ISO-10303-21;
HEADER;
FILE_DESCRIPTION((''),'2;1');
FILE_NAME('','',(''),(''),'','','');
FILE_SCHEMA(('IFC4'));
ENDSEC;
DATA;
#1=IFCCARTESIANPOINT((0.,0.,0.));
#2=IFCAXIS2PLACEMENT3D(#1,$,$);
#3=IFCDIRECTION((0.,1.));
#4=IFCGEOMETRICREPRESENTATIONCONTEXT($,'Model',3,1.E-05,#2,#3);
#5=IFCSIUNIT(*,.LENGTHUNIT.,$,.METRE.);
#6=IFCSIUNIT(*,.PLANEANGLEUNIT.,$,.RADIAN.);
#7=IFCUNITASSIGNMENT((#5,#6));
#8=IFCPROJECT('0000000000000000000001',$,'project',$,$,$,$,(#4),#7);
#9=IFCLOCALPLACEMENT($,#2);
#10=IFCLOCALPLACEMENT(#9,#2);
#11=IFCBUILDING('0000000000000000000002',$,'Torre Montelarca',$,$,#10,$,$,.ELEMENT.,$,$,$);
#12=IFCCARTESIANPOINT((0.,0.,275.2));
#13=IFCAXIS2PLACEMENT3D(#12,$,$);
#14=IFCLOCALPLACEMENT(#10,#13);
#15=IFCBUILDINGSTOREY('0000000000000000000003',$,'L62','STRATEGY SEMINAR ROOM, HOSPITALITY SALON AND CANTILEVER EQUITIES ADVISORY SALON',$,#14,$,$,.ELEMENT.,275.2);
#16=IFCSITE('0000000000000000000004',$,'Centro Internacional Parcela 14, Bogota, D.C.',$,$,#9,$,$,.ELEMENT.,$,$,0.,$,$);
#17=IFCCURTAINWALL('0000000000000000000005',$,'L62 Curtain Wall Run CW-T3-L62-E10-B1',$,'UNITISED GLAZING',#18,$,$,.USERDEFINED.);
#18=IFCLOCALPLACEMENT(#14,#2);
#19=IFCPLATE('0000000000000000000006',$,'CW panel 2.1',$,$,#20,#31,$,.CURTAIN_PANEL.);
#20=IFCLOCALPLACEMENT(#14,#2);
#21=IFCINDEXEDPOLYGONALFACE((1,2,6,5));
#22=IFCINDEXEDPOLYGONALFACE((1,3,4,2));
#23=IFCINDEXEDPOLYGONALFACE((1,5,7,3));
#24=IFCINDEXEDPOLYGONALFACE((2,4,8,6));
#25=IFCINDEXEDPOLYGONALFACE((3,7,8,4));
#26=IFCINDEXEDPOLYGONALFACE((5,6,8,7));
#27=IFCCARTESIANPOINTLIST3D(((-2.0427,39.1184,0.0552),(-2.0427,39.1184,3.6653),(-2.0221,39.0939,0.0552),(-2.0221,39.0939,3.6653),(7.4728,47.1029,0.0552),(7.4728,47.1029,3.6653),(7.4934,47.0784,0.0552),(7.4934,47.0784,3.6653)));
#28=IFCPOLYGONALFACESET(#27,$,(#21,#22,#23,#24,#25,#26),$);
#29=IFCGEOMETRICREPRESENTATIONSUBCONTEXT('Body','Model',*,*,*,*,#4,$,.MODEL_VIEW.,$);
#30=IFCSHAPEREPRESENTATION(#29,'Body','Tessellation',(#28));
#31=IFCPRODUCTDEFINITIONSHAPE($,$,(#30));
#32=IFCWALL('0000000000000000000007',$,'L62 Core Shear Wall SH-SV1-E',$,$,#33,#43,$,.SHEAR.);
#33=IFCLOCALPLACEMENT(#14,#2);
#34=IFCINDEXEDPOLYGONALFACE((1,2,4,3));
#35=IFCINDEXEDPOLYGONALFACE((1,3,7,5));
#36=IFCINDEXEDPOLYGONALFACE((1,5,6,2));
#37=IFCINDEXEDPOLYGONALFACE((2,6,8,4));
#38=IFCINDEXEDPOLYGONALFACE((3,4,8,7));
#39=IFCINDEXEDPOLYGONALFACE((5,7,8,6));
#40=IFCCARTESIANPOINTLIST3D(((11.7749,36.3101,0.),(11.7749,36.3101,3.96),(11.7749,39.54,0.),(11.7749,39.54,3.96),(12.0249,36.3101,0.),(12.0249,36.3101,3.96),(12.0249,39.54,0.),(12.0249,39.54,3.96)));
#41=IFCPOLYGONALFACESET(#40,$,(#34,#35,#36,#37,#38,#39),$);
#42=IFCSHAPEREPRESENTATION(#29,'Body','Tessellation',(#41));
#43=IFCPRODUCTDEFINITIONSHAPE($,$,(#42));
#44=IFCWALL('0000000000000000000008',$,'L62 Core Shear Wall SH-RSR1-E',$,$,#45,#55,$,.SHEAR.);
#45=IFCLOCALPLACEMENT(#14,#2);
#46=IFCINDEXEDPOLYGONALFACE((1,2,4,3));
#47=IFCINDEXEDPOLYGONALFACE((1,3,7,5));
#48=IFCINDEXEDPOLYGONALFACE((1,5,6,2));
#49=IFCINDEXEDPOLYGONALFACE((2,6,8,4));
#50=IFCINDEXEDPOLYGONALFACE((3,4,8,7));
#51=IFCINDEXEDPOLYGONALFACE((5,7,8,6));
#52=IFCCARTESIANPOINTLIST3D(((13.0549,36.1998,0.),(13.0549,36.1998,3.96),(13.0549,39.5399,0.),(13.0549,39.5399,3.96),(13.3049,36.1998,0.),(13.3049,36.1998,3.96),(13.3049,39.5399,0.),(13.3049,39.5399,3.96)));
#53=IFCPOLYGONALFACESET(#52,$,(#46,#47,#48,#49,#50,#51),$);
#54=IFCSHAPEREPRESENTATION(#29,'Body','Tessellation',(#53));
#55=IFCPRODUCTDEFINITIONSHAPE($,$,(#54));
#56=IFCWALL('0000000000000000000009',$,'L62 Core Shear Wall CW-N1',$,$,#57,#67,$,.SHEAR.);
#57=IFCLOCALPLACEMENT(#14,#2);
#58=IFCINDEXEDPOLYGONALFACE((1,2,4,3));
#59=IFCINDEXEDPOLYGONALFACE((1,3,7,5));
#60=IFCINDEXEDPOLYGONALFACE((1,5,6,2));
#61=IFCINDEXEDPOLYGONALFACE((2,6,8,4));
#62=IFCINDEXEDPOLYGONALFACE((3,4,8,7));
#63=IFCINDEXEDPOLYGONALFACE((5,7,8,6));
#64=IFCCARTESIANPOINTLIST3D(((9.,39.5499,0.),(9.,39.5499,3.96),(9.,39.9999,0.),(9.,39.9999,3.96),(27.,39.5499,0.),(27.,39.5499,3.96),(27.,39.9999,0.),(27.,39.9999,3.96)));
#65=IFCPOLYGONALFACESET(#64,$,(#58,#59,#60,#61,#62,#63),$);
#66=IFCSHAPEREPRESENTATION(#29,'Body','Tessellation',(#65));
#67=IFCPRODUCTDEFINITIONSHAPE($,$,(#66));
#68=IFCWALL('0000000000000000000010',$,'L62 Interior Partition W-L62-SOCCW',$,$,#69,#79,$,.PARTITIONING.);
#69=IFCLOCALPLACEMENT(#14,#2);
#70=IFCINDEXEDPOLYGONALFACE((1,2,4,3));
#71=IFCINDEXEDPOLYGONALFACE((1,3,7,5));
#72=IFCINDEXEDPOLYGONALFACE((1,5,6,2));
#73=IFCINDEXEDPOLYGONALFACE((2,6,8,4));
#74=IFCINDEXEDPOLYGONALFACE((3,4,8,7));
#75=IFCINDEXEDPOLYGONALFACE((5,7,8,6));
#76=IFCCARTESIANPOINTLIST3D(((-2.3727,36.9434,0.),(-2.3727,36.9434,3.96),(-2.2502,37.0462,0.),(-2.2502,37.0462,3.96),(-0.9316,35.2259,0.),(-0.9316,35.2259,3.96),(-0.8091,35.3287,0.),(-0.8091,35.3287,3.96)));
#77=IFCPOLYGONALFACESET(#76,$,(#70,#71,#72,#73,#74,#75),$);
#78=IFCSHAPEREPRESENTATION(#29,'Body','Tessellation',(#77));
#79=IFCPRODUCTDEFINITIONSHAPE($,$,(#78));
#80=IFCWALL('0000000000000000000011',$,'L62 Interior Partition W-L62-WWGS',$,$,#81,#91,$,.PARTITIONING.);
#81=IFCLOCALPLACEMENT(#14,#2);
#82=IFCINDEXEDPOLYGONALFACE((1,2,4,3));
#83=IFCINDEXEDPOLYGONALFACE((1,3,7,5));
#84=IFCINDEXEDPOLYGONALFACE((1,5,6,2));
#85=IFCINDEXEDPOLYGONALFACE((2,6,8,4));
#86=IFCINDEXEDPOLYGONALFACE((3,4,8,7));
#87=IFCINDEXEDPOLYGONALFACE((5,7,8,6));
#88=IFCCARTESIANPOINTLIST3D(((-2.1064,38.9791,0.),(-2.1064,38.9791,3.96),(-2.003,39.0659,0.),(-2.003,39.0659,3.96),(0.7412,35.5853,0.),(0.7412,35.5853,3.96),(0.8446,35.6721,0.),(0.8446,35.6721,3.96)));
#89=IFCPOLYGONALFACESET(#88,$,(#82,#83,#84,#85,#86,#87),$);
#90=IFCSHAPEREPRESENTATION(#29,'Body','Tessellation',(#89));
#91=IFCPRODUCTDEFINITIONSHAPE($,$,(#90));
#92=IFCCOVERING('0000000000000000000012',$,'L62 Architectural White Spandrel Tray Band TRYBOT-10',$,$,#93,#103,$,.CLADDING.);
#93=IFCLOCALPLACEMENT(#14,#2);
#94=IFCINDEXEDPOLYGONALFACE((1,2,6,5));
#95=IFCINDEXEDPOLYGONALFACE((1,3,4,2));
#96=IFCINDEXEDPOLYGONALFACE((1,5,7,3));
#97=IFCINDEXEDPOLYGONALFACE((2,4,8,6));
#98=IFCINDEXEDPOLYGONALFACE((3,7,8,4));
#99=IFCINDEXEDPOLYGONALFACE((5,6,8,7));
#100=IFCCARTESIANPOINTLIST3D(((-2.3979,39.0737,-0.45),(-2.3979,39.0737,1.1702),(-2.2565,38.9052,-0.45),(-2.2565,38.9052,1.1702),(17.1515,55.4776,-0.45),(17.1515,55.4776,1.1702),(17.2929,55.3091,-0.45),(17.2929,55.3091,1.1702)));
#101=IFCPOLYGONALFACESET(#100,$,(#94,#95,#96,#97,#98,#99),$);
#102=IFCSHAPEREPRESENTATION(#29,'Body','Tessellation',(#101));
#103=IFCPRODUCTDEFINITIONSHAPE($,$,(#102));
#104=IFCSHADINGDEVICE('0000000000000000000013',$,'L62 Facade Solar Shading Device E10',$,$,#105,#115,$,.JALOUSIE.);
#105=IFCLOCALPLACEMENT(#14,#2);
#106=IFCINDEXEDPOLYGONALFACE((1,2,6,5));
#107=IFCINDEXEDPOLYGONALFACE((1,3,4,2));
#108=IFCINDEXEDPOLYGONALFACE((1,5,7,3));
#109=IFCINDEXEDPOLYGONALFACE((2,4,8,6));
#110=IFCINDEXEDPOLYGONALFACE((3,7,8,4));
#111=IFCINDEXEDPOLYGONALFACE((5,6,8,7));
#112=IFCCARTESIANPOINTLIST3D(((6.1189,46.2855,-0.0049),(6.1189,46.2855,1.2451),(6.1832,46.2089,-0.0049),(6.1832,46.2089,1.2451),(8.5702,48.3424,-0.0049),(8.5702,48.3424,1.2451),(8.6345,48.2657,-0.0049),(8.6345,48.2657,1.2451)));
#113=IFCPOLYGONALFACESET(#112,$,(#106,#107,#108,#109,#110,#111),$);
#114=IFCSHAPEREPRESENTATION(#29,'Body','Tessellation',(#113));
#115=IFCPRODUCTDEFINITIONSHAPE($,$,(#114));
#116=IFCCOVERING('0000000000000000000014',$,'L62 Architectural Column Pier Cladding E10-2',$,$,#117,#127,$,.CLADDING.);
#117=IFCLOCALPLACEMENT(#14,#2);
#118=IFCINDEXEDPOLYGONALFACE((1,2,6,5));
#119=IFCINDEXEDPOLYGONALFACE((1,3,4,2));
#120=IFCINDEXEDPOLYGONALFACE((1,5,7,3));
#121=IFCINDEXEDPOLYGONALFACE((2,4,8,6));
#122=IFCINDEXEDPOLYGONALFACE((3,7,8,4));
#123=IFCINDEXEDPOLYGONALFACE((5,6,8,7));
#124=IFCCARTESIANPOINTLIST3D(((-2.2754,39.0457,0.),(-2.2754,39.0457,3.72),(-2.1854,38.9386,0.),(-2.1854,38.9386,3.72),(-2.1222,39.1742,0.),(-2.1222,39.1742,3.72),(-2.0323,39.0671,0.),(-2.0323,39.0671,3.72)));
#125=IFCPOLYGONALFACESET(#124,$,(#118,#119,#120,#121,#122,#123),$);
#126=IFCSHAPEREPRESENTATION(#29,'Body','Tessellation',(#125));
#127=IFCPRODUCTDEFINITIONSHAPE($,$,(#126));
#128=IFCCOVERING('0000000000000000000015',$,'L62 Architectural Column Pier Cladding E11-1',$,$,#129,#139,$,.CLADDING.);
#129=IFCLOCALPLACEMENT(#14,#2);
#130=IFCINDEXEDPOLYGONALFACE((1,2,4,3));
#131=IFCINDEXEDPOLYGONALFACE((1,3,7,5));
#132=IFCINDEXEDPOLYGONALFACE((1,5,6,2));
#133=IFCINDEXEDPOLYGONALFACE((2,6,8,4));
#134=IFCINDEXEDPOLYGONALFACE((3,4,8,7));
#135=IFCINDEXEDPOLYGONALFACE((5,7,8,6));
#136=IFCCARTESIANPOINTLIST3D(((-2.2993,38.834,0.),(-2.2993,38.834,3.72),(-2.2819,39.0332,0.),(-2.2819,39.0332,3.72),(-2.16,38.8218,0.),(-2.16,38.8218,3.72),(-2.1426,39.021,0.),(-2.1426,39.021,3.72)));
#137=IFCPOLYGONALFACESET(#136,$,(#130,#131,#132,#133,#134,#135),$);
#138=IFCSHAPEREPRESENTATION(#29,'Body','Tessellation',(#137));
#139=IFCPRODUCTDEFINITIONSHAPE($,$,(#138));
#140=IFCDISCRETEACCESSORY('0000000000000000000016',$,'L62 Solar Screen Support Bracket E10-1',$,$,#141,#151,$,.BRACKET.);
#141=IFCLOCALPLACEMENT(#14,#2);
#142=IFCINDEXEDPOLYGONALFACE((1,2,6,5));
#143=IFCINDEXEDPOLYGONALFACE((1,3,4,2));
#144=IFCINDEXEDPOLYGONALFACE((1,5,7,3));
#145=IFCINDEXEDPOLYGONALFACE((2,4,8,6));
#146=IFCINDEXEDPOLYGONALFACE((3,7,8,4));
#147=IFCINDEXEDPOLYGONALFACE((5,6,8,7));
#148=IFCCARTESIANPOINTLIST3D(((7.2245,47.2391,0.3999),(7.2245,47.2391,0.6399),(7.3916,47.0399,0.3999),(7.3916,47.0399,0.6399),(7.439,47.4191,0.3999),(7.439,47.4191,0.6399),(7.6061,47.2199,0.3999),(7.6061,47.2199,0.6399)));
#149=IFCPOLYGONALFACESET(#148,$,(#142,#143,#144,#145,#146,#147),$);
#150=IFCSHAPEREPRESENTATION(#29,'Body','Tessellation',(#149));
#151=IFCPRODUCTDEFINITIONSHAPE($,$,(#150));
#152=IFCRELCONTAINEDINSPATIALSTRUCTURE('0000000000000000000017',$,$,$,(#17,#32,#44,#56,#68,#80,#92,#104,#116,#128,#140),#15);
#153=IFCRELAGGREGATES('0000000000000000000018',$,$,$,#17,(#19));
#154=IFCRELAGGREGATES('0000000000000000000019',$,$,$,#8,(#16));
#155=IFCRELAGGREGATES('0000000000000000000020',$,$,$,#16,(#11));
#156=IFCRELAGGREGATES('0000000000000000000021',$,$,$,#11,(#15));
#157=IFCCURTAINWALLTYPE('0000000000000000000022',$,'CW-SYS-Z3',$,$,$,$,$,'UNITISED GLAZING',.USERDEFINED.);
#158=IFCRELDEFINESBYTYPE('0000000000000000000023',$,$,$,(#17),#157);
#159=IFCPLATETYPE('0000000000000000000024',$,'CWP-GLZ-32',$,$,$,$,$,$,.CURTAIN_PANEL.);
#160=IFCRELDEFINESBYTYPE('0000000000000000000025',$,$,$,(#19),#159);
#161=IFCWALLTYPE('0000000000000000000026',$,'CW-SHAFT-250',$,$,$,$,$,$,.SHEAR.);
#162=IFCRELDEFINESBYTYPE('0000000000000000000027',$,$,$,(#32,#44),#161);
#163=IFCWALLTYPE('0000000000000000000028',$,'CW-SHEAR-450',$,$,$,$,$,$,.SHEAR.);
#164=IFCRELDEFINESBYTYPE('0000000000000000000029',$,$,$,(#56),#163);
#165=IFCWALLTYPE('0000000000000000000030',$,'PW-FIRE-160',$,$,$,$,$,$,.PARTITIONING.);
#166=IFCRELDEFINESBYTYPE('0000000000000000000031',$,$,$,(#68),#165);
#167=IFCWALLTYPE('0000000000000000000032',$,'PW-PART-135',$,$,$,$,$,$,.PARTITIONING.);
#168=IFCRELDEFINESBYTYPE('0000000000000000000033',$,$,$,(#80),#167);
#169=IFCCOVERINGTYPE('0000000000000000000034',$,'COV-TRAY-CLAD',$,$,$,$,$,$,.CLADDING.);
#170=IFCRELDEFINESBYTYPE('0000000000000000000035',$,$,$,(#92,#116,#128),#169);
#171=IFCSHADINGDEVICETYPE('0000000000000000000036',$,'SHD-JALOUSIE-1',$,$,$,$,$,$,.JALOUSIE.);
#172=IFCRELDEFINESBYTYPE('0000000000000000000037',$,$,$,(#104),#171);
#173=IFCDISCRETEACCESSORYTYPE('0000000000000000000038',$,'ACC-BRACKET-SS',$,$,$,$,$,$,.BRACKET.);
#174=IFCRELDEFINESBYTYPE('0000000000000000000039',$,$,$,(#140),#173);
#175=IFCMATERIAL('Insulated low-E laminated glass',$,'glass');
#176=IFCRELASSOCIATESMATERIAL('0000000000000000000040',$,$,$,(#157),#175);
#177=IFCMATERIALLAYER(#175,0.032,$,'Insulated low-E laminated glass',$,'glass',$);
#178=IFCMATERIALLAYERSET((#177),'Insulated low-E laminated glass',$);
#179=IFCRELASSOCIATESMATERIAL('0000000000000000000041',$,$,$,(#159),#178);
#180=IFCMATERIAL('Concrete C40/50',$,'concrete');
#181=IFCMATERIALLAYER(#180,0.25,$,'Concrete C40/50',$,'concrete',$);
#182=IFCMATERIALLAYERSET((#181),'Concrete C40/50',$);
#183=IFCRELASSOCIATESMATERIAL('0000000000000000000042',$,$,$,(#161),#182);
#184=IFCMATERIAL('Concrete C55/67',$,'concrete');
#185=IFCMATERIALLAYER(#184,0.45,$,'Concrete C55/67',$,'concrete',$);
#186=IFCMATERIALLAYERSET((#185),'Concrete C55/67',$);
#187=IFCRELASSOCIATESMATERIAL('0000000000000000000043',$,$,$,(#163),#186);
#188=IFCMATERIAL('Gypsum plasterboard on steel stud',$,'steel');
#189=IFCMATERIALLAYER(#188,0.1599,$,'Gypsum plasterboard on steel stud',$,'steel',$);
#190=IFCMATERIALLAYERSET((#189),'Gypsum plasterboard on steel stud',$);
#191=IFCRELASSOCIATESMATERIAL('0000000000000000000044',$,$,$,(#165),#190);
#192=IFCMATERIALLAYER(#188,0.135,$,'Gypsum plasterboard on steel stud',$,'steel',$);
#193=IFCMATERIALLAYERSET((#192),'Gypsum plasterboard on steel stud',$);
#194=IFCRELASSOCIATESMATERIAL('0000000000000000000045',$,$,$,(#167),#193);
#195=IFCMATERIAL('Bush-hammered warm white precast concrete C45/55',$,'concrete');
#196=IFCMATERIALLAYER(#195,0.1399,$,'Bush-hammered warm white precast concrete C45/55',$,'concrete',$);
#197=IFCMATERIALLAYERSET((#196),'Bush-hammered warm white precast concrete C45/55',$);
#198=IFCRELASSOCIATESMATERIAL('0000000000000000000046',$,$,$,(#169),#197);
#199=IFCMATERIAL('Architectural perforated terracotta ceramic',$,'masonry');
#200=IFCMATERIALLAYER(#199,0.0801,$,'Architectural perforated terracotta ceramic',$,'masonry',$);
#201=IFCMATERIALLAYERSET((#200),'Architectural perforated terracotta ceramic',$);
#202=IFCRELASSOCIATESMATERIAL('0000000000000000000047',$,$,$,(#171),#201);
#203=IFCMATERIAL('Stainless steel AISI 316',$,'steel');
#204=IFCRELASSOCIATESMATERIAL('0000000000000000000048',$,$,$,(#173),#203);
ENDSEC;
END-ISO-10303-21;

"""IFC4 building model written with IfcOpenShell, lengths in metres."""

from ifc_helpers import new_model, si_unit, direction, frame, frame_2d, origin, origin_2d, place, context, subcontext, project, spatial, rectangle, extrude, source, transform, mapped, material, layer, layer_set, type_object, element, aggregate, save


model = new_model("IFC4")

# Units and contexts
model_context = context("Model", 3, precision=1e-05, world=origin(), true_north=direction((0.0, 1.0)))
body_context = subcontext(model_context, "Body", "Model", "MODEL_VIEW")
ifc_project = project(units=[si_unit("LENGTHUNIT", "METRE"), si_unit("PLANEANGLEUNIT", "RADIAN")], contexts=[model_context])

# Site, building, storey
site_placement = place(None, origin())
site = spatial("IfcSite", under=ifc_project, at=site_placement, Name="Centro Internacional Parcela 14, Bogota, D.C.", CompositionType="ELEMENT", RefElevation=0.0)
building_placement = place(site_placement, origin())
building = spatial("IfcBuilding", under=site, at=building_placement, Name="Torre Montelarca", CompositionType="ELEMENT")
storey_placement = place(building_placement, frame((0.0, 0.0, 275.2)))
storey = spatial("IfcBuildingStorey", under=building, at=storey_placement, Name="L62", Description="STRATEGY SEMINAR ROOM, HOSPITALITY SALON AND CANTILEVER EQUITIES ADVISORY SALON", CompositionType="ELEMENT", Elevation=275.2)

# Shared definitions
ifc_material_1 = material(Name="Concrete C40/50", Category="concrete")
ifc_material_2 = material(Name="Concrete C55/67", Category="concrete")

# Curtain wall
ifc_material_3 = material(Name="Insulated low-E laminated glass", Category="glass")
curtain_wall_type = type_object("IfcCurtainWallType", Name="CW-SYS-Z3", ElementType="UNITISED GLAZING", PredefinedType="USERDEFINED", material=ifc_material_3)
curtain_wall_1_placement = place(storey_placement, origin())
curtain_wall_1 = element("IfcCurtainWall", 1, at=curtain_wall_1_placement, inside=storey, type_object=curtain_wall_type, Name="L62 Curtain Wall Run CW-T3-L62-E10-B1", ObjectType="UNITISED GLAZING", PredefinedType="USERDEFINED")

# Plate
ifc_material_4 = material(Name="Architectural perforated terracotta ceramic", Category="masonry")
ifc_layer_1 = layer(ifc_material_3, 0.032, Name="Insulated low-E laminated glass", Category="glass")
ifc_layer_set_1 = layer_set([ifc_layer_1], Name="Insulated low-E laminated glass")
plate_type_1 = type_object("IfcPlateType", Name="CWP-GLZ-32", PredefinedType="CURTAIN_PANEL", material=ifc_layer_set_1)
shared_shape_1 = source(origin(), body_context, "Body", "SweptSolid", [
    extrude(rectangle(XDim=12.4216, YDim=0.032, at=origin_2d()), origin(), (0.0, 0.0, 1.0), 3.6101),
])
plate_1_placement = place(storey_placement, frame((2.7253, 43.0984, 0.0552), z_axis=(0.0, 0.0, 1.0), x_axis=(-0.766044, -0.642788, 0.0)))
plate_1 = element("IfcPlate", 2, at=plate_1_placement, type_object=plate_type_1, Name="CW panel 2.1", PredefinedType="CURTAIN_PANEL", context=body_context, shape_type="MappedRepresentation", body=[
    mapped(shared_shape_1, transform((0.0, 0.0, 0.0), scale=1.0)),
])
aggregate(curtain_wall_1, [plate_1])

# Walls
ifc_layer_2 = layer(ifc_material_1, 0.25, Name="Concrete C40/50", Category="concrete")
ifc_layer_set_2 = layer_set([ifc_layer_2], Name="Concrete C40/50")
wall_type_1 = type_object("IfcWallType", Name="CW-SHAFT-250", PredefinedType="SHEAR", material=ifc_layer_set_2)
wall_1_placement = place(storey_placement, frame((11.8999, 36.3101, 0.0), z_axis=(0.0, 0.0, 1.0), x_axis=(0.0, 1.0, 0.0)))
element("IfcWall", 3, at=wall_1_placement, inside=storey, type_object=wall_type_1, Name="L62 Core Shear Wall SH-SV1-E", PredefinedType="SHEAR", context=body_context, shape_type="SweptSolid", body=[
    extrude(rectangle(XDim=3.23, YDim=0.25, at=frame_2d((1.615, 0.0))), origin(), (0.0, 0.0, 1.0), 3.96),
])
wall_2_placement = place(storey_placement, frame((13.1799, 36.2, 0.0), z_axis=(0.0, 0.0, 1.0), x_axis=(0.0, 1.0, 0.0)))
element("IfcWall", 4, at=wall_2_placement, inside=storey, type_object=wall_type_1, Name="L62 Core Shear Wall SH-RSR1-E", PredefinedType="SHEAR", context=body_context, shape_type="SweptSolid", body=[
    extrude(rectangle(XDim=3.3401, YDim=0.25, at=frame_2d((1.6699, 0.0))), origin(), (0.0, 0.0, 1.0), 3.96),
])
ifc_layer_3 = layer(ifc_material_2, 0.45, Name="Concrete C55/67", Category="concrete")
ifc_layer_set_3 = layer_set([ifc_layer_3], Name="Concrete C55/67")
wall_type_2 = type_object("IfcWallType", Name="CW-SHEAR-450", PredefinedType="SHEAR", material=ifc_layer_set_3)
wall_3_placement = place(storey_placement, frame((9.0, 39.7749, 0.0), z_axis=(0.0, 0.0, 1.0), x_axis=(1.0, 0.0, 0.0)))
element("IfcWall", 5, at=wall_3_placement, inside=storey, type_object=wall_type_2, Name="L62 Core Shear Wall CW-N1", PredefinedType="SHEAR", context=body_context, shape_type="SweptSolid", body=[
    extrude(rectangle(XDim=18.0, YDim=0.45, at=frame_2d((9.0, 0.0))), origin(), (0.0, 0.0, 1.0), 3.96),
])
ifc_material_5 = material(Name="Gypsum plasterboard on steel stud", Category="steel")
ifc_layer_4 = layer(ifc_material_5, 0.1599, Name="Gypsum plasterboard on steel stud", Category="steel")
ifc_layer_set_4 = layer_set([ifc_layer_4], Name="Gypsum plasterboard on steel stud")
wall_type_3 = type_object("IfcWallType", Name="PW-FIRE-160", PredefinedType="PARTITIONING", material=ifc_layer_set_4)
wall_4_placement = place(storey_placement, frame((-2.3115, 36.9949, 0.0), z_axis=(0.0, 0.0, 1.0), x_axis=(0.642783, -0.766048, 0.0)))
element("IfcWall", 6, at=wall_4_placement, inside=storey, type_object=wall_type_3, Name="L62 Interior Partition W-L62-SOCCW", PredefinedType="PARTITIONING", context=body_context, shape_type="SweptSolid", body=[
    extrude(rectangle(XDim=2.2419, YDim=0.1599, at=frame_2d((1.1211, 0.0))), origin(), (0.0, 0.0, 1.0), 3.96),
])
ifc_layer_5 = layer(ifc_material_5, 0.135, Name="Gypsum plasterboard on steel stud", Category="steel")
ifc_layer_set_5 = layer_set([ifc_layer_5], Name="Gypsum plasterboard on steel stud")
wall_type_4 = type_object("IfcWallType", Name="PW-PART-135", PredefinedType="PARTITIONING", material=ifc_layer_set_5)
wall_5_placement = place(storey_placement, frame((-2.0547, 39.0225, 0.0), z_axis=(0.0, 0.0, 1.0), x_axis=(0.642777, -0.766053, 0.0)))
element("IfcWall", 7, at=wall_5_placement, inside=storey, type_object=wall_type_4, Name="L62 Interior Partition W-L62-WWGS", PredefinedType="PARTITIONING", context=body_context, shape_type="SweptSolid", body=[
    extrude(rectangle(XDim=4.4302, YDim=0.135, at=frame_2d((2.2151, 0.0))), origin(), (0.0, 0.0, 1.0), 3.96),
])

# Covering
ifc_material_6 = material(Name="Bush-hammered warm white precast concrete C45/55", Category="concrete")
ifc_layer_6 = layer(ifc_material_6, 0.1399, Name="Bush-hammered warm white precast concrete C45/55", Category="concrete")
ifc_layer_set_6 = layer_set([ifc_layer_6], Name="Bush-hammered warm white precast concrete C45/55")
covering_type = type_object("IfcCoveringType", Name="COV-TRAY-CLAD", PredefinedType="CLADDING", material=ifc_layer_set_6)
shared_shape_2 = source(origin(), body_context, "Body", "SweptSolid", [
    extrude(rectangle(XDim=25.52, YDim=0.22, at=origin_2d()), origin(), (0.0, 0.0, 1.0), 1.6201),
])
covering_placement = place(storey_placement, frame((7.4475, 47.1914, -0.45), z_axis=(0.0, 0.0, 1.0), x_axis=(-0.766044, -0.642788, 0.0)))
element("IfcCovering", 8, at=covering_placement, inside=storey, type_object=covering_type, Name="L62 Architectural White Spandrel Tray Band TRYBOT-10", PredefinedType="CLADDING", context=body_context, shape_type="MappedRepresentation", body=[
    mapped(shared_shape_2, transform((0.0, 0.0, 0.0), scale=1.0)),
])

# Shading device
ifc_layer_7 = layer(ifc_material_4, 0.0801, Name="Architectural perforated terracotta ceramic", Category="masonry")
ifc_layer_set_7 = layer_set([ifc_layer_7], Name="Architectural perforated terracotta ceramic")
shading_device_type = type_object("IfcShadingDeviceType", Name="SHD-JALOUSIE-1", PredefinedType="JALOUSIE", material=ifc_layer_set_7)
shared_shape_3 = source(origin(), body_context, "Body", "SweptSolid", [
    extrude(rectangle(XDim=3.2, YDim=0.1001, at=origin_2d()), origin(), (0.0, 0.0, 1.0), 1.25),
])
shading_device_placement = place(storey_placement, frame((7.3767, 47.2756, -0.0049), z_axis=(0.0, 0.0, 1.0), x_axis=(-0.766044, -0.642788, 0.0)))
element("IfcShadingDevice", 9, at=shading_device_placement, inside=storey, type_object=shading_device_type, Name="L62 Facade Solar Shading Device E10", PredefinedType="JALOUSIE", context=body_context, shape_type="MappedRepresentation", body=[
    mapped(shared_shape_3, transform((0.0, 0.0, 0.0), scale=1.0)),
])

# Coverings
shared_shape_4 = source(origin(), body_context, "Body", "SweptSolid", [
    extrude(rectangle(XDim=0.2, YDim=0.1399, at=origin_2d()), origin(), (0.0, 0.0, 1.0), 3.72),
])
for number, where, z_axis, x_axis, name in (
    (10, (-2.1538, 39.0564, 0.0), (0.0, 0.0, 1.0), (-0.766043, -0.642789, 0.0), "L62 Architectural Column Pier Cladding E10-2"),
    (11, (-2.2209, 38.9275, 0.0), (0.0, 0.0, 1.0), (-0.087177, -0.996193, 0.0), "L62 Architectural Column Pier Cladding E11-1"),
):
    element("IfcCovering", number, at=place(storey_placement, frame(where, z_axis=z_axis, x_axis=x_axis)), inside=storey, type_object=covering_type, Name=name, PredefinedType="CLADDING", context=body_context, shape_type="MappedRepresentation", body=[
        mapped(shared_shape_4, transform((0.0, 0.0, 0.0), scale=1.0)),
    ])

# Discrete accessory
ifc_material_7 = material(Name="Stainless steel AISI 316", Category="steel")
discrete_accessory_type = type_object("IfcDiscreteAccessoryType", Name="ACC-BRACKET-SS", PredefinedType="BRACKET", material=ifc_material_7)
shared_shape_5 = source(origin(), body_context, "Body", "SweptSolid", [
    extrude(rectangle(XDim=0.28, YDim=0.26, at=origin_2d()), origin(), (0.0, 0.0, 1.0), 0.24),
])
discrete_accessory_placement = place(storey_placement, frame((7.4153, 47.2295, 0.3999), z_axis=(0.0, 0.0, 1.0), x_axis=(-0.766044, -0.642788, 0.0)))
element("IfcDiscreteAccessory", 12, at=discrete_accessory_placement, inside=storey, type_object=discrete_accessory_type, Name="L62 Solar Screen Support Bracket E10-1", PredefinedType="BRACKET", context=body_context, shape_type="MappedRepresentation", body=[
    mapped(shared_shape_5, transform((0.0, 0.0, 0.0), scale=1.0)),
])

save(model, "model.ifc")
